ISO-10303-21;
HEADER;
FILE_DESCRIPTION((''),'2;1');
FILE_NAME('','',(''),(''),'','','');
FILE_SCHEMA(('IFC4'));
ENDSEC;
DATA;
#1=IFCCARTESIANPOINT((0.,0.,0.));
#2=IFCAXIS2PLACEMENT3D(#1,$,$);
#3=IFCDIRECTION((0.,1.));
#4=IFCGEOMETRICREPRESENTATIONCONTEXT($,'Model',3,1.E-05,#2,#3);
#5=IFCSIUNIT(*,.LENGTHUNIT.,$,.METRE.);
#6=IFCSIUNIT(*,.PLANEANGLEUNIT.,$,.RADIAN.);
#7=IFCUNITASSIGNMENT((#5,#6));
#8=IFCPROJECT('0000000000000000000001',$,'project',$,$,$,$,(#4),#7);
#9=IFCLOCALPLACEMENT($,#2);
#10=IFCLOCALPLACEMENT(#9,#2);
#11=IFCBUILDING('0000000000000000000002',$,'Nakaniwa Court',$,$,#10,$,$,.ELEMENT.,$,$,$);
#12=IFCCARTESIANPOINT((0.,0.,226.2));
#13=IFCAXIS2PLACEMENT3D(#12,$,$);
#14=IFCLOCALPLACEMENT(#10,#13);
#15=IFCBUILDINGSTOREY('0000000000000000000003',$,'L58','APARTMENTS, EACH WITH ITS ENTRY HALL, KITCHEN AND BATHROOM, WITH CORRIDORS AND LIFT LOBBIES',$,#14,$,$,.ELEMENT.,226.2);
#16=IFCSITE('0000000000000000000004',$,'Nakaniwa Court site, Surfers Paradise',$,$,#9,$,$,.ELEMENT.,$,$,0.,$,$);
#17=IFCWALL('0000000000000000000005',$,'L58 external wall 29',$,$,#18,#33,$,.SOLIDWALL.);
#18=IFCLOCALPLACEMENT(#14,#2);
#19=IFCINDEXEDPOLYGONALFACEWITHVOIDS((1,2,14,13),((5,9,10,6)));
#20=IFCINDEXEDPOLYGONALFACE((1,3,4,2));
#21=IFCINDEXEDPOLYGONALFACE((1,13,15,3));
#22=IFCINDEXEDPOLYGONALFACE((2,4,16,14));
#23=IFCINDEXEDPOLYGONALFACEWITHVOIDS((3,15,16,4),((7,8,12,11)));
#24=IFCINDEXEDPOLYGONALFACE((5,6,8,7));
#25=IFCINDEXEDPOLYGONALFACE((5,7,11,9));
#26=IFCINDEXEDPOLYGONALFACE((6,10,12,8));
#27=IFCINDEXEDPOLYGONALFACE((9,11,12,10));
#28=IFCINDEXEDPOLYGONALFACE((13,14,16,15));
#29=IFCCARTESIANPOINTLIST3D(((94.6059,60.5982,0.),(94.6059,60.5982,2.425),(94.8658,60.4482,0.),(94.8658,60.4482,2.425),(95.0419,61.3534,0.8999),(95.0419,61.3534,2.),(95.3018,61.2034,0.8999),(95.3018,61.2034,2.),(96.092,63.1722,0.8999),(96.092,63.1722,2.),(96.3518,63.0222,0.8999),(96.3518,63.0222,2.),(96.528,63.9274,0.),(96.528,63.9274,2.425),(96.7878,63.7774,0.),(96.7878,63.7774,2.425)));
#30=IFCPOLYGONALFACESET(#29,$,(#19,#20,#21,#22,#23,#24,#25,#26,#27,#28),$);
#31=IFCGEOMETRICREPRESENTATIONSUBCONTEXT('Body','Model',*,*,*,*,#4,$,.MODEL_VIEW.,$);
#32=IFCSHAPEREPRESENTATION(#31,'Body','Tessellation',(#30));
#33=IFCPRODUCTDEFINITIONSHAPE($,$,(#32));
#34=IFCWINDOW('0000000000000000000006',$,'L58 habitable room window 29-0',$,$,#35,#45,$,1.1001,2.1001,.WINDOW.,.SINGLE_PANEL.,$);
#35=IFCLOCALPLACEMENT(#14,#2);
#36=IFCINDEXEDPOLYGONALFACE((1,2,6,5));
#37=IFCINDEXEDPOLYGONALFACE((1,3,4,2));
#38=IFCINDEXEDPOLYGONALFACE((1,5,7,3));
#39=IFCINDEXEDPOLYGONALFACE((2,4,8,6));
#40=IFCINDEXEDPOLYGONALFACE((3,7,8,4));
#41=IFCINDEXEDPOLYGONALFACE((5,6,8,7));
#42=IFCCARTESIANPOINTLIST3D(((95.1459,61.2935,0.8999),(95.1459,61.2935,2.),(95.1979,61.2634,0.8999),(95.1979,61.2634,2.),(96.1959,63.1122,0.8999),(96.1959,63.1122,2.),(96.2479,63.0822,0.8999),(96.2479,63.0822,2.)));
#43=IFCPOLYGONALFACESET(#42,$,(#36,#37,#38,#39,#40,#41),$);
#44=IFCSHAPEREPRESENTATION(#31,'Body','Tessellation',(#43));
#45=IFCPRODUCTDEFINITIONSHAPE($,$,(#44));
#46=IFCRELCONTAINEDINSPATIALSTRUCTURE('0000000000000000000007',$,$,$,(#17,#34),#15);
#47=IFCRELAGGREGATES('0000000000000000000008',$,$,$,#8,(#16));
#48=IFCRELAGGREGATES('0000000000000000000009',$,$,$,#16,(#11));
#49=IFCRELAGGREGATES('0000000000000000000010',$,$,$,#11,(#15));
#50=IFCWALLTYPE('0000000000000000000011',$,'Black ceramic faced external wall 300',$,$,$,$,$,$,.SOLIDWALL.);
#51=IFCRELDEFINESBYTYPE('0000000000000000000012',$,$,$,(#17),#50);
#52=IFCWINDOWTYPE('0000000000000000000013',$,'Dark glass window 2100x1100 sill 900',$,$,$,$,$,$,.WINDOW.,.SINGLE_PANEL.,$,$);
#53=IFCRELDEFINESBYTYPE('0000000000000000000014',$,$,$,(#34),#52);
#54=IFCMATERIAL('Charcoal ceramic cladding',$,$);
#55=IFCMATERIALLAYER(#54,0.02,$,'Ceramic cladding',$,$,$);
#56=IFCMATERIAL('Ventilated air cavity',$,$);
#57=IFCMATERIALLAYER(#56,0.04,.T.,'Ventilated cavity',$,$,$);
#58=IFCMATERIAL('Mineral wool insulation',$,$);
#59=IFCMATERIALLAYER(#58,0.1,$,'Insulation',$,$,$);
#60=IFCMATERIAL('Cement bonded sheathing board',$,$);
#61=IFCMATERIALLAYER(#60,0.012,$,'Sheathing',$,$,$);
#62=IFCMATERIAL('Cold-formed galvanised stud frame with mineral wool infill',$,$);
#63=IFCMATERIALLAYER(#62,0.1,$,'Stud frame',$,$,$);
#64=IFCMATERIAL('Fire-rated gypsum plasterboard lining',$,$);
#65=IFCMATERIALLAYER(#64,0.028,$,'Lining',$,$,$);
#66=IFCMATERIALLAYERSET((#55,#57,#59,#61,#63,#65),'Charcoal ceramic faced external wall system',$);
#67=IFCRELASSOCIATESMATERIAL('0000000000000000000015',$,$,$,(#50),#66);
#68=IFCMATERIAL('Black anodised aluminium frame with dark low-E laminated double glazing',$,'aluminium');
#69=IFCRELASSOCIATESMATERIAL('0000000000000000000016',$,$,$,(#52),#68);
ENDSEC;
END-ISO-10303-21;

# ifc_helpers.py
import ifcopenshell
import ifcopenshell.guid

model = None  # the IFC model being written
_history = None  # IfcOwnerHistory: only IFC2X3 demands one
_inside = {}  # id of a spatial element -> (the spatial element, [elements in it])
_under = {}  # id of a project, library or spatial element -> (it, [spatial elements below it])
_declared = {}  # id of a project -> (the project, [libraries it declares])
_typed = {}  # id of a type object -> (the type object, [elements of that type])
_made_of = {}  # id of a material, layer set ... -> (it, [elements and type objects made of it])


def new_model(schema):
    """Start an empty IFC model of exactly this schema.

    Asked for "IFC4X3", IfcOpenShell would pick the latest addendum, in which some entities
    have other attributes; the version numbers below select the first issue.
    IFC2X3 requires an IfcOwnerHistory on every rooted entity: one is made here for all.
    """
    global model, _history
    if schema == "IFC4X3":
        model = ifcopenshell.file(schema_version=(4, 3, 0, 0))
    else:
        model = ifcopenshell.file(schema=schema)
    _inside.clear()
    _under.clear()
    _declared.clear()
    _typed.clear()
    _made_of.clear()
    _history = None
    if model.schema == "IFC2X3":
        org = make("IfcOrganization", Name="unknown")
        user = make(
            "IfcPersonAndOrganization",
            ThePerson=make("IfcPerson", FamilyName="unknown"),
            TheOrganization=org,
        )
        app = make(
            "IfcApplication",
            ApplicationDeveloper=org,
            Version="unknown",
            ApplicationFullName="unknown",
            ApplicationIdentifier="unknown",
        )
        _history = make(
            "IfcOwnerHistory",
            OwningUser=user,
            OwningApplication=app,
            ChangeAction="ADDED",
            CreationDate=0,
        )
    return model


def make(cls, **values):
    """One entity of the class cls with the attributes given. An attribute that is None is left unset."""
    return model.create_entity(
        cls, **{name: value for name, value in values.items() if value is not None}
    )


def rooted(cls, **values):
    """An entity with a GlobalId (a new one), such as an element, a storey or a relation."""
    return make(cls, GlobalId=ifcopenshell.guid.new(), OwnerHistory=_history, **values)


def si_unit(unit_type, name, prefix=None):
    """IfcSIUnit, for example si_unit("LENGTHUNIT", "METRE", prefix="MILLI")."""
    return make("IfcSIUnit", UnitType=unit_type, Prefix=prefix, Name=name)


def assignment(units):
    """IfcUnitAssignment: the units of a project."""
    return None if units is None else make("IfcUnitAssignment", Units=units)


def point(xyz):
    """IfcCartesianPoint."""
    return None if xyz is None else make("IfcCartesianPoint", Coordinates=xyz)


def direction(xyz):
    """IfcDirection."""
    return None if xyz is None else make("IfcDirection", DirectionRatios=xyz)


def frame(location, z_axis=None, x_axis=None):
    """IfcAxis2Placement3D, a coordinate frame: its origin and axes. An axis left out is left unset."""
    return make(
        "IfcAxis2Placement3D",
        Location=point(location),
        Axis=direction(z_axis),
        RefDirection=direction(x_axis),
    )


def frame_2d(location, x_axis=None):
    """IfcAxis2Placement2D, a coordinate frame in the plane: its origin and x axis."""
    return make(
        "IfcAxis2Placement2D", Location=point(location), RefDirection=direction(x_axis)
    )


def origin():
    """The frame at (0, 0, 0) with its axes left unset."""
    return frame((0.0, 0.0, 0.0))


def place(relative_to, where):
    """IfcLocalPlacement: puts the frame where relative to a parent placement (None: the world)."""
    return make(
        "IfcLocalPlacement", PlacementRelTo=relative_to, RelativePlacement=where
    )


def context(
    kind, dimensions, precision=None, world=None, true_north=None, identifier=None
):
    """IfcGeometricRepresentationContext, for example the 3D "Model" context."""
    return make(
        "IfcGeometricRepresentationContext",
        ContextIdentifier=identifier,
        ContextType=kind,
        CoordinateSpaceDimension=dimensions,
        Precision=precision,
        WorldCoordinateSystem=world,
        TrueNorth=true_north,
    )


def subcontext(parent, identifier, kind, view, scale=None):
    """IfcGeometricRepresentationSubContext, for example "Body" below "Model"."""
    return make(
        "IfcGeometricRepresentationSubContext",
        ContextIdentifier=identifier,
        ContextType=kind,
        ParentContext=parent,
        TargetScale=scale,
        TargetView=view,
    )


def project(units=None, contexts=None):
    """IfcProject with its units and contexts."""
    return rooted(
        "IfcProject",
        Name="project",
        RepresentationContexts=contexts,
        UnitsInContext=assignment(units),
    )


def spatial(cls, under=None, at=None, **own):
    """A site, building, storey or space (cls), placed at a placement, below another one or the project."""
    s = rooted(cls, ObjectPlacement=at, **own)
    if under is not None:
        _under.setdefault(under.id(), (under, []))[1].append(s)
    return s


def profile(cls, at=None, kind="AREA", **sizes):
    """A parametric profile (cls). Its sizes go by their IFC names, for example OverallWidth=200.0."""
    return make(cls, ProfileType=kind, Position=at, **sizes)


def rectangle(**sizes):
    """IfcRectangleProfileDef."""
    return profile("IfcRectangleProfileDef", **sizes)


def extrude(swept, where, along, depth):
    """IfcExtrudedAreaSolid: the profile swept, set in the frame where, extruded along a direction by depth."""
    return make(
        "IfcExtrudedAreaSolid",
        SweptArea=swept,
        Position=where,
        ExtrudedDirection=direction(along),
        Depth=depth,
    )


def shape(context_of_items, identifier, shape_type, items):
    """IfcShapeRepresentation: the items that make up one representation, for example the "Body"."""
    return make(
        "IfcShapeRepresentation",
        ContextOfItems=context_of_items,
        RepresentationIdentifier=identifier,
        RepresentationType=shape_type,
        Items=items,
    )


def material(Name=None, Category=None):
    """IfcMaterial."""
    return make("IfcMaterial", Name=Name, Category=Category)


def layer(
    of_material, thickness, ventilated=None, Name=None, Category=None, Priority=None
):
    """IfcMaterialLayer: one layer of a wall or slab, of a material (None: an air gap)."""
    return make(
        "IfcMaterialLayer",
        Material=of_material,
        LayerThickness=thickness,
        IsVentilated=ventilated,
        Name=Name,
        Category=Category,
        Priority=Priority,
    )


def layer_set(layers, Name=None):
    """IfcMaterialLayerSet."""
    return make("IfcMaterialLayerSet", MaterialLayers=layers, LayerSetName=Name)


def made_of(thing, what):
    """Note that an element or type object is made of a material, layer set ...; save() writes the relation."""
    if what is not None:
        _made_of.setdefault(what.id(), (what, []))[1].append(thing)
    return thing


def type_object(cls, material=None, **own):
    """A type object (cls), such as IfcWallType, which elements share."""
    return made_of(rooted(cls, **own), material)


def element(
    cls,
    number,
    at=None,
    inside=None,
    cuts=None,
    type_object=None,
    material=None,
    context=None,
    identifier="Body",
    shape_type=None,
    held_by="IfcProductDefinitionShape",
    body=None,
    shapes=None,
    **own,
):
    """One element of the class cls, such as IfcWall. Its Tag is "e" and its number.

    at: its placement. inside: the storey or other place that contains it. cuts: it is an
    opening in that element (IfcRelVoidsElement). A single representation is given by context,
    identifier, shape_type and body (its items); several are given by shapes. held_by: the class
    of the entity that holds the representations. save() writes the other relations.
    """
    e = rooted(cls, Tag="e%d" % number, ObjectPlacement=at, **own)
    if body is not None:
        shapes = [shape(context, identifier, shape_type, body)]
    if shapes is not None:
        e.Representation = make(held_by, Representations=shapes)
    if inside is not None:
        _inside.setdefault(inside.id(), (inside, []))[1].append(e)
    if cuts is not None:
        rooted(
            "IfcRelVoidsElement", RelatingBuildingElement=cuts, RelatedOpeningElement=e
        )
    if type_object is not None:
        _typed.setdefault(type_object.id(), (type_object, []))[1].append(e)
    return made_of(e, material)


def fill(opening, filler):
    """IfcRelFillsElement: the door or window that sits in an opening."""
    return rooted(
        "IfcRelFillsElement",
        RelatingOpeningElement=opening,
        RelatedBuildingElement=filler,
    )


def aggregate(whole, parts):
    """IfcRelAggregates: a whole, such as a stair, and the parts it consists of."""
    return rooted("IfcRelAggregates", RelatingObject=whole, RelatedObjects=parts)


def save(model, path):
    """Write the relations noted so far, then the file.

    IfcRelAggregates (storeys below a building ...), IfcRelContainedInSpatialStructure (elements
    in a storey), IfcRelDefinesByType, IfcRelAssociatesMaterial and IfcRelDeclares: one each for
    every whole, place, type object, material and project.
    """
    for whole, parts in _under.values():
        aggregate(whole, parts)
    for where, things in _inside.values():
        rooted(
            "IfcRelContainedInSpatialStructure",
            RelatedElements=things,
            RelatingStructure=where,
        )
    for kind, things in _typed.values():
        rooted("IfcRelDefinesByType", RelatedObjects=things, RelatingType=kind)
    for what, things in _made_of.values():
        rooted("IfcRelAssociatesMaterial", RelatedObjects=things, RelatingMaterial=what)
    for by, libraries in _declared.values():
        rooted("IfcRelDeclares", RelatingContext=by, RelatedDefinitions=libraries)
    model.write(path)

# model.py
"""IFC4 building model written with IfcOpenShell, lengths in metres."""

from ifc_helpers import new_model, si_unit, direction, frame, frame_2d, origin, place, context, subcontext, project, spatial, rectangle, extrude, material, layer, layer_set, type_object, element, fill, save


model = new_model("IFC4")

# Units and contexts
model_context = context("Model", 3, precision=1e-05, world=origin(), true_north=direction((0.0, 1.0)))
body_context = subcontext(model_context, "Body", "Model", "MODEL_VIEW")
ifc_project = project(units=[si_unit("LENGTHUNIT", "METRE"), si_unit("PLANEANGLEUNIT", "RADIAN")], contexts=[model_context])

# Site, building, storey
site_placement = place(None, origin())
site = spatial("IfcSite", under=ifc_project, at=site_placement, Name="Nakaniwa Court site, Surfers Paradise", CompositionType="ELEMENT", RefElevation=0.0)
building_placement = place(site_placement, origin())
building = spatial("IfcBuilding", under=site, at=building_placement, Name="Nakaniwa Court", CompositionType="ELEMENT")
storey_placement = place(building_placement, frame((0.0, 0.0, 226.2)))
storey = spatial("IfcBuildingStorey", under=building, at=storey_placement, Name="L58", Description="APARTMENTS, EACH WITH ITS ENTRY HALL, KITCHEN AND BATHROOM, WITH CORRIDORS AND LIFT LOBBIES", CompositionType="ELEMENT", Elevation=226.2)

# Wall, opening, window
ifc_material_1 = material(Name="Charcoal ceramic cladding")
ifc_layer_1 = layer(ifc_material_1, 0.02, Name="Ceramic cladding")
ifc_material_2 = material(Name="Ventilated air cavity")
ifc_layer_2 = layer(ifc_material_2, 0.04, ventilated=True, Name="Ventilated cavity")
ifc_material_3 = material(Name="Mineral wool insulation")
ifc_layer_3 = layer(ifc_material_3, 0.1, Name="Insulation")
ifc_material_4 = material(Name="Cement bonded sheathing board")
ifc_layer_4 = layer(ifc_material_4, 0.012, Name="Sheathing")
ifc_material_5 = material(Name="Cold-formed galvanised stud frame with mineral wool infill")
ifc_layer_5 = layer(ifc_material_5, 0.1, Name="Stud frame")
ifc_material_6 = material(Name="Fire-rated gypsum plasterboard lining")
ifc_layer_6 = layer(ifc_material_6, 0.028, Name="Lining")
ifc_layer_set = layer_set([ifc_layer_1, ifc_layer_2, ifc_layer_3, ifc_layer_4, ifc_layer_5, ifc_layer_6], Name="Charcoal ceramic faced external wall system")
wall_type = type_object("IfcWallType", Name="Black ceramic faced external wall 300", PredefinedType="SOLIDWALL", material=ifc_layer_set)
ifc_material_7 = material(Name="Black anodised aluminium frame with dark low-E laminated double glazing", Category="aluminium")
wall_1_placement = place(storey_placement, frame((94.7358, 60.5232, 0.0), z_axis=(0.0, 0.0, 1.0), x_axis=(0.499984, 0.866034, 0.0)))
wall_1 = element("IfcWall", 1, at=wall_1_placement, inside=storey, type_object=wall_type, Name="L58 external wall 29", PredefinedType="SOLIDWALL", context=body_context, shape_type="SweptSolid", body=[
    extrude(rectangle(XDim=3.8442, YDim=0.3, at=frame_2d((1.9221, 0.0))), origin(), (0.0, 0.0, 1.0), 2.425),
])
opening_1_placement = place(wall_1_placement, frame((0.8721, 0.0, 0.8999)))
opening_1 = element("IfcOpeningElement", 2, at=opening_1_placement, cuts=wall_1, PredefinedType="OPENING", context=body_context, shape_type="SweptSolid", body=[
    extrude(rectangle(XDim=2.1001, YDim=1.1001, at=frame_2d((1.05, 0.55))), frame((0.0, 0.1599, 0.0), z_axis=(0.0, -1.0, 0.0), x_axis=(1.0, 0.0, 0.0)), (0.0, 0.0, 1.0), 0.3201),
])
window_type_1 = type_object("IfcWindowType", Name="Dark glass window 2100x1100 sill 900", PartitioningType="SINGLE_PANEL", PredefinedType="WINDOW", material=ifc_material_7)
window_1_placement = place(opening_1_placement, origin())
window_1 = element("IfcWindow", 3, at=window_1_placement, inside=storey, type_object=window_type_1, Name="L58 habitable room window 29-0", OverallHeight=1.1001, OverallWidth=2.1001, PartitioningType="SINGLE_PANEL", PredefinedType="WINDOW", context=body_context, shape_type="SweptSolid", body=[
    extrude(rectangle(XDim=2.1001, YDim=1.1001, at=frame_2d((1.05, 0.55))), frame((0.0, 0.03, 0.0), z_axis=(0.0, -1.0, 0.0), x_axis=(1.0, 0.0, 0.0)), (0.0, 0.0, 1.0), 0.0601),
])
fill(opening_1, window_1)

save(model, "model.ifc")
